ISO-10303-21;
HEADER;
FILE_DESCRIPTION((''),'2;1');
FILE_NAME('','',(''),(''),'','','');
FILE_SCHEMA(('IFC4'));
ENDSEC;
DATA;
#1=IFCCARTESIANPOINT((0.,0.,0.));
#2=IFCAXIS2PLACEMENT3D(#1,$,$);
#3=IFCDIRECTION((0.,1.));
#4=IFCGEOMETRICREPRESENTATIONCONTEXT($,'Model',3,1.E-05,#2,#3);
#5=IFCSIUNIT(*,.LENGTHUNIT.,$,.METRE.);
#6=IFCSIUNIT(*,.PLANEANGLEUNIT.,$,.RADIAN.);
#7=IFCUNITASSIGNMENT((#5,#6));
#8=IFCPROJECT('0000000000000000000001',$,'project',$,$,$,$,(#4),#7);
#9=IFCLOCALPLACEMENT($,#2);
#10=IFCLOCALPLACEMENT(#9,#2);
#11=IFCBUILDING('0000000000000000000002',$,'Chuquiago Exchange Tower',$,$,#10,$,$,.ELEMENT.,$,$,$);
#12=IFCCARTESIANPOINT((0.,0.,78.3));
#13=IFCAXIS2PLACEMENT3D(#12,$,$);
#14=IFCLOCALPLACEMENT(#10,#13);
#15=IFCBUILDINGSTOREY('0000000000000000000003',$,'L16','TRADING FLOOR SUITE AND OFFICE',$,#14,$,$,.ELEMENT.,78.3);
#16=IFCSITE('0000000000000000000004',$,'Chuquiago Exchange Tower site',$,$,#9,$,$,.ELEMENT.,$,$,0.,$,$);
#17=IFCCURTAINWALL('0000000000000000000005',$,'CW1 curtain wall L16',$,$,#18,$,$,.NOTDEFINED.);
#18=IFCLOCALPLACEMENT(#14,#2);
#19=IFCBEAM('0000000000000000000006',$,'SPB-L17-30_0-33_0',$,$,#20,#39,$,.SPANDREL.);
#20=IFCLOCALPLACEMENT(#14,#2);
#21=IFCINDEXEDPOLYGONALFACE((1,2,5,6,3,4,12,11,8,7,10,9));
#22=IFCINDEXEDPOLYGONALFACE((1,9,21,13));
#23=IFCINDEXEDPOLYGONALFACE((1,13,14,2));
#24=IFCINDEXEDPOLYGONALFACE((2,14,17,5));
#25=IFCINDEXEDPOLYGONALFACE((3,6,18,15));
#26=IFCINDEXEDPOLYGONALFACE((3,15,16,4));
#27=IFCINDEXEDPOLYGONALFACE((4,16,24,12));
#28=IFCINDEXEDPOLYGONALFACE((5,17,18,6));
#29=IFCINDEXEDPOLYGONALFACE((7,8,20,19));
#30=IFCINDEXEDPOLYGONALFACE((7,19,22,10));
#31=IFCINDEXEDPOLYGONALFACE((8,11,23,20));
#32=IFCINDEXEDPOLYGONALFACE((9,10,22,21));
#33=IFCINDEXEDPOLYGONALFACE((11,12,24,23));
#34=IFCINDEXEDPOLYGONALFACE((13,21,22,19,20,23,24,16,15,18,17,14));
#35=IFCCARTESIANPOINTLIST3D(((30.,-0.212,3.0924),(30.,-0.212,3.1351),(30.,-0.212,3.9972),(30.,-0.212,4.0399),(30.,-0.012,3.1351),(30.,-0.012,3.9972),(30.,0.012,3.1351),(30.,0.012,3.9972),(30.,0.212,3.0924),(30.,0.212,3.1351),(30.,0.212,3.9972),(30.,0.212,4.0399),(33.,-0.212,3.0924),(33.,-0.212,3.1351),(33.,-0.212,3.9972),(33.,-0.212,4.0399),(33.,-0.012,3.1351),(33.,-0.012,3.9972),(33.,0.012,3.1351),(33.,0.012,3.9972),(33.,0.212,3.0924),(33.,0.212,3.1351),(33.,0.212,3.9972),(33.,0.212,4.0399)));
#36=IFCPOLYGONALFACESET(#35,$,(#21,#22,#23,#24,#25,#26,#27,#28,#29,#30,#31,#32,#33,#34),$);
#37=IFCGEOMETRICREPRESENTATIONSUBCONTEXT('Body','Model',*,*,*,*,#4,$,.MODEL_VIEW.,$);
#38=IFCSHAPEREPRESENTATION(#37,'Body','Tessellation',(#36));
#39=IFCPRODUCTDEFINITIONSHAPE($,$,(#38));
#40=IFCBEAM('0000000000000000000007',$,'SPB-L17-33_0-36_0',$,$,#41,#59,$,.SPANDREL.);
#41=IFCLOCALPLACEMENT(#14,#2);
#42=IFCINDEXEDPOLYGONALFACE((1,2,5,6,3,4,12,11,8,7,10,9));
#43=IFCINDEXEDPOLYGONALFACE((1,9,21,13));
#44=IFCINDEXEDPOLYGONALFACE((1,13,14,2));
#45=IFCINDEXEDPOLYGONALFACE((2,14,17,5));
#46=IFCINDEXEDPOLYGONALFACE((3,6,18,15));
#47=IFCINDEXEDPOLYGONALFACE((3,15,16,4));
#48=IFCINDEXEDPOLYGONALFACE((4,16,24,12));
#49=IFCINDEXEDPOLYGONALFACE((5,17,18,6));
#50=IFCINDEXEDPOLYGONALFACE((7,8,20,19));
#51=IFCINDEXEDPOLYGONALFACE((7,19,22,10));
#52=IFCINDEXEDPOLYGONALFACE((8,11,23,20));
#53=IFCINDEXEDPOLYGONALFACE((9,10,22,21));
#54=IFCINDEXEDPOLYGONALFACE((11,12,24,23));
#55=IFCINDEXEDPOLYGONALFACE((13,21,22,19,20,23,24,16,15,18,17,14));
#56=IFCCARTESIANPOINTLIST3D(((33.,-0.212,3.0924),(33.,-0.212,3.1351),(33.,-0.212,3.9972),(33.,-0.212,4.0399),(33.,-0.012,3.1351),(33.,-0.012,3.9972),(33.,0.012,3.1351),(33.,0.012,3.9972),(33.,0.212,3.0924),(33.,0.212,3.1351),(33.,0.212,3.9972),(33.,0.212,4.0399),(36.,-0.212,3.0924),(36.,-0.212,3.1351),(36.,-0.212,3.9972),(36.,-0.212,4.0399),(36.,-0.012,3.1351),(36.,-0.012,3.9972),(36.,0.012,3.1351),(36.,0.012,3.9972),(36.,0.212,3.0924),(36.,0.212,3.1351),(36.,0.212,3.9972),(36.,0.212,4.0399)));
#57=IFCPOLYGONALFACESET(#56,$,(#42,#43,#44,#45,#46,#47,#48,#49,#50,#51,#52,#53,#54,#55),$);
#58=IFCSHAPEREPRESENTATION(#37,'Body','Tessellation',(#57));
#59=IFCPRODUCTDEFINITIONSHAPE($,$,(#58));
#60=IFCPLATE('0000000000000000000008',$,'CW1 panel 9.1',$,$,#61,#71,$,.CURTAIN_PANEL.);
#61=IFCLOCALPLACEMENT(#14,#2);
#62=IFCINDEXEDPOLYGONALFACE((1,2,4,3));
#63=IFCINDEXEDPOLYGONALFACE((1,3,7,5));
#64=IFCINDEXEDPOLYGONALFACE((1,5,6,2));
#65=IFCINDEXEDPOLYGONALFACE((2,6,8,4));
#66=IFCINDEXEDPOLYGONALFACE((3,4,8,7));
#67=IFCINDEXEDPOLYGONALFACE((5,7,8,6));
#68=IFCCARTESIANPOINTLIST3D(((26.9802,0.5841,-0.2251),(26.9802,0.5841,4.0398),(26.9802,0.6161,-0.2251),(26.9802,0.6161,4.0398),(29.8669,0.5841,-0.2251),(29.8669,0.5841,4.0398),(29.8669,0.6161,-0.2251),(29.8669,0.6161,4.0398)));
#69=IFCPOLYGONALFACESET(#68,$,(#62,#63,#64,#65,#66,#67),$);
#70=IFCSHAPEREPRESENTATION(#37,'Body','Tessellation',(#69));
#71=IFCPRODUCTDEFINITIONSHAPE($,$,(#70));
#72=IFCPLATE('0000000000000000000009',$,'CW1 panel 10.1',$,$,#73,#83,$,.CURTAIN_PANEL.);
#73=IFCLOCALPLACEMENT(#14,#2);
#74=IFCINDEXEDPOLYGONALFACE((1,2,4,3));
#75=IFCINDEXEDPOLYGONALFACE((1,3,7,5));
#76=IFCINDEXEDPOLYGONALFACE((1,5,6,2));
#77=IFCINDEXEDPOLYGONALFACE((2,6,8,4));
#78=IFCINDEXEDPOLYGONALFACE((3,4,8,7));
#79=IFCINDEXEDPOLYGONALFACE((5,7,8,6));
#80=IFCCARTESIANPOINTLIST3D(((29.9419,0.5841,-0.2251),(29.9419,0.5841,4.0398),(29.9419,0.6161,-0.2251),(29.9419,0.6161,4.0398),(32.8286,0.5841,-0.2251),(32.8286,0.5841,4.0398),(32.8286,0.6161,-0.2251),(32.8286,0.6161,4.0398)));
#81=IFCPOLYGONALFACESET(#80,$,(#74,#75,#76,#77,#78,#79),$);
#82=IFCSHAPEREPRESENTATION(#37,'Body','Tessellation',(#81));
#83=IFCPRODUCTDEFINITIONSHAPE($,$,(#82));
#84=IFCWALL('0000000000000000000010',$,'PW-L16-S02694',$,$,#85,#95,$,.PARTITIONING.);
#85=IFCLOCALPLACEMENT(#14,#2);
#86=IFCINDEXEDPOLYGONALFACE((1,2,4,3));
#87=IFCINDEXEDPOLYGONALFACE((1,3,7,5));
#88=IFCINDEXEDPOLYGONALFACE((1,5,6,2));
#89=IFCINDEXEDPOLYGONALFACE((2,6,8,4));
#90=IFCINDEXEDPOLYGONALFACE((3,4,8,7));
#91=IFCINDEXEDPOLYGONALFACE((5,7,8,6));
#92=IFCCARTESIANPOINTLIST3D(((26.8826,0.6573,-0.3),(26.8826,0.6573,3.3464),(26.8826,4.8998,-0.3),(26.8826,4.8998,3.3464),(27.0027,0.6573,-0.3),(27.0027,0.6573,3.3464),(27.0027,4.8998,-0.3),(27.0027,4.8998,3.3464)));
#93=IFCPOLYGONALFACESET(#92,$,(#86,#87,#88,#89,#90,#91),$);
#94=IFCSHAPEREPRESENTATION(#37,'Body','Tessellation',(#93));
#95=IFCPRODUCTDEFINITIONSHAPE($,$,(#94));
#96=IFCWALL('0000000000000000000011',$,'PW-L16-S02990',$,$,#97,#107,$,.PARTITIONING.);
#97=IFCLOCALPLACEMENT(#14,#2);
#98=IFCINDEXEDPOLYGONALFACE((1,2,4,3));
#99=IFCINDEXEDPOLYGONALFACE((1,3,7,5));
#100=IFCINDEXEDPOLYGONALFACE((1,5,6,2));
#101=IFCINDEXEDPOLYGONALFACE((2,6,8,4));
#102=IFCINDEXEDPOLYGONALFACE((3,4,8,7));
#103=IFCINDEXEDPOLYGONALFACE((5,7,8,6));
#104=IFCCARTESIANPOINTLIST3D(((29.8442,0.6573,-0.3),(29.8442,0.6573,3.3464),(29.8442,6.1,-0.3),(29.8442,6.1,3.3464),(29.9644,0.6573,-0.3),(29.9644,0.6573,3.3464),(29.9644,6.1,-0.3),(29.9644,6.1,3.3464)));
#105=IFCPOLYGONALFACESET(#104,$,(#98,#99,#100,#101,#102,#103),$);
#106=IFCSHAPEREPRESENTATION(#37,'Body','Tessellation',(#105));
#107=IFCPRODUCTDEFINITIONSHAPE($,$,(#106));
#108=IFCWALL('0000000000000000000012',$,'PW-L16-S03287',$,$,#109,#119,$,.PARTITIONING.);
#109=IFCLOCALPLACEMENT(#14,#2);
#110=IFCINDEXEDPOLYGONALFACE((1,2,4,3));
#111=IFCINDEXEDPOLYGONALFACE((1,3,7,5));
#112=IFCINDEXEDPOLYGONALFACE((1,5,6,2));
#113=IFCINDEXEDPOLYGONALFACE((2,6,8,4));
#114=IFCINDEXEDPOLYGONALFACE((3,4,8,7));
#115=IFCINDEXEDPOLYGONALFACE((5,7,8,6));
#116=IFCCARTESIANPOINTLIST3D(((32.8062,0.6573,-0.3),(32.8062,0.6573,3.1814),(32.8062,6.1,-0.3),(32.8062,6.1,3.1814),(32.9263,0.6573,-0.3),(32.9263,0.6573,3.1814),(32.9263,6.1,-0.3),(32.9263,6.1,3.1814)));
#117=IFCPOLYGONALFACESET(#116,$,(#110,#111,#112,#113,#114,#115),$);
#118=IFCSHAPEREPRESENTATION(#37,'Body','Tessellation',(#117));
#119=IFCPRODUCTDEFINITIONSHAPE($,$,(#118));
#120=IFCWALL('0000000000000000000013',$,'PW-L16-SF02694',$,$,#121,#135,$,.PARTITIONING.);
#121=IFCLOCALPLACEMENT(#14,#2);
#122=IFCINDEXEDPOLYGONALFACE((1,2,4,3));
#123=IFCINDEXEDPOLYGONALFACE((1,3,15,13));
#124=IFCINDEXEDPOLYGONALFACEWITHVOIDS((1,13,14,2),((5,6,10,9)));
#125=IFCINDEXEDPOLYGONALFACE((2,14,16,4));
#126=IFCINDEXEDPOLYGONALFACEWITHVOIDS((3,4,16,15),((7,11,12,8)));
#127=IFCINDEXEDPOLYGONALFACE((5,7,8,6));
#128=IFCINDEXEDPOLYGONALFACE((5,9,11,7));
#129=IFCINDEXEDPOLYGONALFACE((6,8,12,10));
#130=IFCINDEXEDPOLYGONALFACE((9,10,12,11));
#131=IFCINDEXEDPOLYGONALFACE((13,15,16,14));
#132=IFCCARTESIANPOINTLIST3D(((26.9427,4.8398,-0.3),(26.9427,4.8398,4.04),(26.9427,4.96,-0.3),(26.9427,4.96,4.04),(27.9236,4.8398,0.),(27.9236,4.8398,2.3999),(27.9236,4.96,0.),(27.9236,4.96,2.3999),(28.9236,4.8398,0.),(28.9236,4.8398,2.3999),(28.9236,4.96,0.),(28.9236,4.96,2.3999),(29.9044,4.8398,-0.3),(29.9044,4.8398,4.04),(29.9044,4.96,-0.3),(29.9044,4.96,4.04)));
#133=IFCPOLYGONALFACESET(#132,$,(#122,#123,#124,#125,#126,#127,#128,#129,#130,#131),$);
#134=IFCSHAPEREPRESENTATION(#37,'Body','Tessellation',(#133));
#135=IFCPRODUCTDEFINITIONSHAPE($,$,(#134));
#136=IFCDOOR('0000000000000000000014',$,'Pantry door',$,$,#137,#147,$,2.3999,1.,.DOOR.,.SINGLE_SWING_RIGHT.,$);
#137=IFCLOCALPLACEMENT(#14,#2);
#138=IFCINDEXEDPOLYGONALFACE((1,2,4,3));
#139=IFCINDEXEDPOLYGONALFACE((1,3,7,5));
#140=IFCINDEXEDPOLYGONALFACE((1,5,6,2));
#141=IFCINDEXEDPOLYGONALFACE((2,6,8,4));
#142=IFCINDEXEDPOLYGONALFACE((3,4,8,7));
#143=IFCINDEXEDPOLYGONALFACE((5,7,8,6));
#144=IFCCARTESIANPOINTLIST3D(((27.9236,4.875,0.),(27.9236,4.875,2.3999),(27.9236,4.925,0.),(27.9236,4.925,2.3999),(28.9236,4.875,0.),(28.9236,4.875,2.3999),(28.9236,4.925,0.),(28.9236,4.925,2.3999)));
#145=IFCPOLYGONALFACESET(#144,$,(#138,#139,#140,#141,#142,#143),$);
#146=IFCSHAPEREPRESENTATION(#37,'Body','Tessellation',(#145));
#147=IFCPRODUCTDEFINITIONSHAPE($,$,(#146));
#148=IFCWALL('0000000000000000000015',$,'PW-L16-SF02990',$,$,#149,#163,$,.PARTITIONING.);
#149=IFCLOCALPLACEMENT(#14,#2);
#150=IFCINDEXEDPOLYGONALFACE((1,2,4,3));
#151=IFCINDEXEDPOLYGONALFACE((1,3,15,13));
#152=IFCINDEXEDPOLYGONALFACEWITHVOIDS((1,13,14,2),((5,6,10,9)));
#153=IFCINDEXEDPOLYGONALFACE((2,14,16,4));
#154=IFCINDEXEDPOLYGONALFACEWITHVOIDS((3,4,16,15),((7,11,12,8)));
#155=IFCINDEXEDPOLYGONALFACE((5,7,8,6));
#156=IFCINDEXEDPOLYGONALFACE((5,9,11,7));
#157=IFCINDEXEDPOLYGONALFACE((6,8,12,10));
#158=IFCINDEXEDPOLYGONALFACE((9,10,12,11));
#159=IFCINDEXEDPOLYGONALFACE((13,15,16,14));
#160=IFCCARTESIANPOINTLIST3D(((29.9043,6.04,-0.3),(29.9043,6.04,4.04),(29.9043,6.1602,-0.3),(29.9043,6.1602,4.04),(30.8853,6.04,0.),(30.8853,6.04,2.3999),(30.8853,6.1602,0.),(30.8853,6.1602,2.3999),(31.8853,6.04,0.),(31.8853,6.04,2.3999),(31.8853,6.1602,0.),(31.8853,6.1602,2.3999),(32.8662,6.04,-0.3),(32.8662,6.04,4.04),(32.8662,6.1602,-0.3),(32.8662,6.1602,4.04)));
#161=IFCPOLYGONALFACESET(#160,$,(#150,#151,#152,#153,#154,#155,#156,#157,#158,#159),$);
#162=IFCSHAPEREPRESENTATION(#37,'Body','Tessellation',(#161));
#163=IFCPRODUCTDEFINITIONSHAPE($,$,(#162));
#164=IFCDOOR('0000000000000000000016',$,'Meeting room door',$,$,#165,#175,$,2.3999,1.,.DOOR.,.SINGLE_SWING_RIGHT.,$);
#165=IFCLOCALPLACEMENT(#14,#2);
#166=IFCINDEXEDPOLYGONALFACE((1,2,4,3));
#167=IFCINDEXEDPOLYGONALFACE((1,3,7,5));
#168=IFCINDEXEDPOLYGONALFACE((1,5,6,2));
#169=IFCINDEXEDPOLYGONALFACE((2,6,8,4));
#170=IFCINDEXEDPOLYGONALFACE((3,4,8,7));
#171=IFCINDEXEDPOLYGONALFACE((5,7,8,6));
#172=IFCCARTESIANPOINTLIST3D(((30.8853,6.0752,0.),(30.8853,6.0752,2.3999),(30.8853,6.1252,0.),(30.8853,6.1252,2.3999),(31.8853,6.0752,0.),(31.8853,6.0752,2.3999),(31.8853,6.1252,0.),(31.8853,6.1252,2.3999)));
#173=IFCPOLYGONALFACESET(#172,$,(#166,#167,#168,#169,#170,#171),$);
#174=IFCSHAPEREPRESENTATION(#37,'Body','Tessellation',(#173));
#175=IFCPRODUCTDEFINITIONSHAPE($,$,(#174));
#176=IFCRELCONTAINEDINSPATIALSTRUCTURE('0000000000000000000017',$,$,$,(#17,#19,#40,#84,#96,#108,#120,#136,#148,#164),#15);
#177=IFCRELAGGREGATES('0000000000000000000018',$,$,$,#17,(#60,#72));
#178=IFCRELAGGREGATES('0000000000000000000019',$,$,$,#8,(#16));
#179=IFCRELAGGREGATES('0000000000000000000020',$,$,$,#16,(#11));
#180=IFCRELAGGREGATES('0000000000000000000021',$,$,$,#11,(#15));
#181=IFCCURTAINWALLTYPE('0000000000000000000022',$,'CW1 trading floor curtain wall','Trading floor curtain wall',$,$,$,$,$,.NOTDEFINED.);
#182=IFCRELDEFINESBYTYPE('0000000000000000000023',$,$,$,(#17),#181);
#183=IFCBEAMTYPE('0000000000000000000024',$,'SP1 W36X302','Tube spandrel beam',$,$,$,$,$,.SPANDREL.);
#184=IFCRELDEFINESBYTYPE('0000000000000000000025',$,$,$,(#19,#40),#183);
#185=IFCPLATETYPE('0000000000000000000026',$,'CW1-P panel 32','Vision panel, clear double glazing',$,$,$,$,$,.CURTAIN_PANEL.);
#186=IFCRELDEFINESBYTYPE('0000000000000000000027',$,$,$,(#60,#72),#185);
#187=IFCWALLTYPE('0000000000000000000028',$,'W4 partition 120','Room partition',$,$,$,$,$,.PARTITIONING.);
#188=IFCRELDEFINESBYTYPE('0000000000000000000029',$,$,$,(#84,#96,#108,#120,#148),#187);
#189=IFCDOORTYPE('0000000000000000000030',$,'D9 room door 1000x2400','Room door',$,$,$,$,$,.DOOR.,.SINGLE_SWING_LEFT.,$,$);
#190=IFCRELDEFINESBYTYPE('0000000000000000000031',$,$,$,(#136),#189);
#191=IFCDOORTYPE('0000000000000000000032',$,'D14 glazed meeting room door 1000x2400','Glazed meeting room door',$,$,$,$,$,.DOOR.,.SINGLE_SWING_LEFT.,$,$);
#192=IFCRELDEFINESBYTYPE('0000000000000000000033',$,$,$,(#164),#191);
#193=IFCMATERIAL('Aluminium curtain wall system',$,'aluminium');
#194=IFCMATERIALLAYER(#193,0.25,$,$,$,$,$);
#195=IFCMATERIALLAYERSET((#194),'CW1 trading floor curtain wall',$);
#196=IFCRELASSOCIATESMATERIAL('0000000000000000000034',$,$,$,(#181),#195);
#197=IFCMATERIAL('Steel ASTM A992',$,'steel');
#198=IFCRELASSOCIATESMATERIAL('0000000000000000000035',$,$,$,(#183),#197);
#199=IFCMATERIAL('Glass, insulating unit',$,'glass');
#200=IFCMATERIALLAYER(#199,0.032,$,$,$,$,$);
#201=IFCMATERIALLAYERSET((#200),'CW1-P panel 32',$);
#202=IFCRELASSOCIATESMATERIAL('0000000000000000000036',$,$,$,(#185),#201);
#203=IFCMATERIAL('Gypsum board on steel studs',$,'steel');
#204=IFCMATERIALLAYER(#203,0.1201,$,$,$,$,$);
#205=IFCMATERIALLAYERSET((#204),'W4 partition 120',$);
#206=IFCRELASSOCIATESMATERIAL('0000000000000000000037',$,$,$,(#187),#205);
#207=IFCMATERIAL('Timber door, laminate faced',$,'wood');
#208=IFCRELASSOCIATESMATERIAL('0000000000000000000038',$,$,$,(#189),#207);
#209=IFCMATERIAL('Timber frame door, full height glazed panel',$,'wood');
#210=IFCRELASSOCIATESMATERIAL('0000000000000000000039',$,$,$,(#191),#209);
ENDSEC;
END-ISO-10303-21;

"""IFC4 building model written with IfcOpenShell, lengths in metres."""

from ifc_helpers import new_model, si_unit, direction, frame, frame_2d, origin, origin_2d, place, context, subcontext, project, spatial, rectangle, i_section, extrude, material, layer, layer_set, material_profile, profile_set, type_object, element, fill, aggregate, save


model = new_model("IFC4")

# Units and contexts
model_context = context("Model", 3, precision=1e-05, world=origin(), true_north=direction((0.0, 1.0)))
body_context = subcontext(model_context, "Body", "Model", "MODEL_VIEW")
ifc_project = project(units=[si_unit("LENGTHUNIT", "METRE"), si_unit("PLANEANGLEUNIT", "RADIAN")], contexts=[model_context])

# Site, building, storey
site_placement = place(None, origin())
site = spatial("IfcSite", under=ifc_project, at=site_placement, Name="Chuquiago Exchange Tower site", CompositionType="ELEMENT", RefElevation=0.0)
building_placement = place(site_placement, origin())
building = spatial("IfcBuilding", under=site, at=building_placement, Name="Chuquiago Exchange Tower", CompositionType="ELEMENT")
storey_placement = place(building_placement, frame((0.0, 0.0, 78.3)))
storey = spatial("IfcBuildingStorey", under=building, at=storey_placement, Name="L16", Description="TRADING FLOOR SUITE AND OFFICE", CompositionType="ELEMENT", Elevation=78.3)

# Curtain wall
ifc_material_1 = material(Name="Aluminium curtain wall system", Category="aluminium")
ifc_layer_1 = layer(ifc_material_1, 0.25)
ifc_layer_set_1 = layer_set([ifc_layer_1], Name="CW1 trading floor curtain wall")
curtain_wall_type = type_object("IfcCurtainWallType", Name="CW1 trading floor curtain wall", Description="Trading floor curtain wall", PredefinedType="NOTDEFINED", material=ifc_layer_set_1)
curtain_wall_placement = place(storey_placement, origin())
curtain_wall = element("IfcCurtainWall", 1, at=curtain_wall_placement, inside=storey, type_object=curtain_wall_type, Name="CW1 curtain wall L16", PredefinedType="NOTDEFINED")

# Beams
ifc_material_2 = material(Name="Steel ASTM A992", Category="steel")
ifc_material_profile_1 = material_profile(ifc_material_2, i_section(OverallWidth=0.4241, OverallDepth=0.9475, WebThickness=0.0239, FlangeThickness=0.0427, at=origin_2d()), Name="W36X302")
ifc_profile_set_1 = profile_set([ifc_material_profile_1], Name="Steel ASTM A992")
beam_type_1 = type_object("IfcBeamType", Name="SP1 W36X302", Description="Tube spandrel beam", PredefinedType="SPANDREL", material=ifc_profile_set_1)
for number, where, z_axis, x_axis, name in (
    (2, (30.0, 0.0, 3.5662), (1.0, 0.0, 0.0), (0.0, 1.0, 0.0), "SPB-L17-30_0-33_0"),
    (3, (33.0, 0.0, 3.5662), (1.0, 0.0, 0.0), (0.0, 1.0, 0.0), "SPB-L17-33_0-36_0"),
):
    element("IfcBeam", number, at=place(storey_placement, frame(where, z_axis=z_axis, x_axis=x_axis)), inside=storey, type_object=beam_type_1, Name=name, PredefinedType="SPANDREL", context=body_context, shape_type="SweptSolid", body=[
        extrude(i_section(OverallWidth=0.4241, OverallDepth=0.9475, WebThickness=0.0239, FlangeThickness=0.0427, at=origin_2d()), origin(), (0.0, 0.0, 1.0), 3.0),
    ])

# Plates
ifc_material_3 = material(Name="Glass, insulating unit", Category="glass")
ifc_layer_2 = layer(ifc_material_3, 0.032)
ifc_layer_set_2 = layer_set([ifc_layer_2], Name="CW1-P panel 32")
plate_type = type_object("IfcPlateType", Name="CW1-P panel 32", Description="Vision panel, clear double glazing", PredefinedType="CURTAIN_PANEL", material=ifc_layer_set_2)
plate_1_placement = place(storey_placement, frame((28.4236, 0.6001, -0.2251), z_axis=(0.0, 0.0, 1.0), x_axis=(1.0, 0.0, 0.0)))
plate_1 = element("IfcPlate", 4, at=plate_1_placement, type_object=plate_type, Name="CW1 panel 9.1", PredefinedType="CURTAIN_PANEL", context=body_context, shape_type="SweptSolid", body=[
    extrude(rectangle(XDim=2.8867, YDim=0.032, at=origin_2d()), origin(), (0.0, 0.0, 1.0), 4.2649),
])
plate_2_placement = place(storey_placement, frame((31.3853, 0.6001, -0.2251), z_axis=(0.0, 0.0, 1.0), x_axis=(1.0, 0.0, 0.0)))
plate_2 = element("IfcPlate", 5, at=plate_2_placement, type_object=plate_type, Name="CW1 panel 10.1", PredefinedType="CURTAIN_PANEL", context=body_context, shape_type="SweptSolid", body=[
    extrude(rectangle(XDim=2.8867, YDim=0.032, at=origin_2d()), origin(), (0.0, 0.0, 1.0), 4.2649),
])
aggregate(curtain_wall, [plate_1, plate_2])

# Walls
ifc_material_4 = material(Name="Gypsum board on steel studs", Category="steel")
ifc_layer_3 = layer(ifc_material_4, 0.1201)
ifc_layer_set_3 = layer_set([ifc_layer_3], Name="W4 partition 120")
wall_type = type_object("IfcWallType", Name="W4 partition 120", Description="Room partition", PredefinedType="PARTITIONING", material=ifc_layer_set_3)
wall_1_placement = place(storey_placement, frame((26.9426, 0.6575, -0.3), z_axis=(0.0, 0.0, 1.0), x_axis=(0.0, 1.0, 0.0)))
element("IfcWall", 6, at=wall_1_placement, inside=storey, type_object=wall_type, Name="PW-L16-S02694", PredefinedType="PARTITIONING", context=body_context, shape_type="SweptSolid", body=[
    extrude(rectangle(XDim=4.2424, YDim=0.1201, at=frame_2d((2.1211, 0.0))), origin(), (0.0, 0.0, 1.0), 3.6465),
])
wall_2_placement = place(storey_placement, frame((29.9043, 0.6575, -0.3), z_axis=(0.0, 0.0, 1.0), x_axis=(0.0, 1.0, 0.0)))
element("IfcWall", 7, at=wall_2_placement, inside=storey, type_object=wall_type, Name="PW-L16-S02990", PredefinedType="PARTITIONING", context=body_context, shape_type="SweptSolid", body=[
    extrude(rectangle(XDim=5.4426, YDim=0.1201, at=frame_2d((2.7212, 0.0))), origin(), (0.0, 0.0, 1.0), 3.6465),
])
wall_3_placement = place(storey_placement, frame((32.8662, 0.6575, -0.3), z_axis=(0.0, 0.0, 1.0), x_axis=(0.0, 1.0, 0.0)))
element("IfcWall", 8, at=wall_3_placement, inside=storey, type_object=wall_type, Name="PW-L16-S03287", PredefinedType="PARTITIONING", context=body_context, shape_type="SweptSolid", body=[
    extrude(rectangle(XDim=5.4426, YDim=0.1201, at=frame_2d((2.7212, 0.0))), origin(), (0.0, 0.0, 1.0), 3.4814),
])

# Walls, openings, doors
wall_4_placement = place(storey_placement, frame((26.9426, 4.8999, -0.3), z_axis=(0.0, 0.0, 1.0), x_axis=(1.0, 0.0, 0.0)))
wall_4 = element("IfcWall", 9, at=wall_4_placement, inside=storey, type_object=wall_type, Name="PW-L16-SF02694", PredefinedType="PARTITIONING", context=body_context, shape_type="SweptSolid", body=[
    extrude(rectangle(XDim=2.9617, YDim=0.1201, at=frame_2d((1.481, 0.0))), origin(), (0.0, 0.0, 1.0), 4.3401),
])
opening_1_placement = place(wall_4_placement, frame((0.981, 0.0, 0.3)))
opening_1 = element("IfcOpeningElement", 10, at=opening_1_placement, cuts=wall_4, PredefinedType="OPENING", context=body_context, shape_type="SweptSolid", body=[
    extrude(rectangle(XDim=1.0, YDim=2.3999, at=frame_2d((0.5, 1.2))), frame((0.0, 0.0701, 0.0), z_axis=(0.0, -1.0, 0.0), x_axis=(1.0, 0.0, 0.0)), (0.0, 0.0, 1.0), 0.1401),
])
ifc_material_5 = material(Name="Timber door, laminate faced", Category="wood")
door_type_1 = type_object("IfcDoorType", Name="D9 room door 1000x2400", Description="Room door", OperationType="SINGLE_SWING_LEFT", PredefinedType="DOOR", material=ifc_material_5)
door_1_placement = place(opening_1_placement, frame((1.0, 0.0, 0.0), z_axis=(0.0, 0.0, 1.0), x_axis=(-1.0, 0.0, 0.0)))
door_1 = element("IfcDoor", 11, at=door_1_placement, inside=storey, type_object=door_type_1, Name="Pantry door", OperationType="SINGLE_SWING_RIGHT", OverallHeight=2.3999, OverallWidth=1.0, PredefinedType="DOOR", context=body_context, shape_type="SweptSolid", body=[
    extrude(rectangle(XDim=1.0, YDim=2.3999, at=frame_2d((0.5, 1.2))), frame((0.0, 0.0249, 0.0), z_axis=(0.0, -1.0, 0.0), x_axis=(1.0, 0.0, 0.0)), (0.0, 0.0, 1.0), 0.05),
])
fill(opening_1, door_1)
wall_5_placement = place(storey_placement, frame((29.9043, 6.1001, -0.3), z_axis=(0.0, 0.0, 1.0), x_axis=(1.0, 0.0, 0.0)))
wall_5 = element("IfcWall", 12, at=wall_5_placement, inside=storey, type_object=wall_type, Name="PW-L16-SF02990", PredefinedType="PARTITIONING", context=body_context, shape_type="SweptSolid", body=[
    extrude(rectangle(XDim=2.9619, YDim=0.1201, at=frame_2d((1.481, 0.0))), origin(), (0.0, 0.0, 1.0), 4.3401),
])
opening_2_placement = place(wall_5_placement, frame((0.981, 0.0, 0.3)))
opening_2 = element("IfcOpeningElement", 13, at=opening_2_placement, cuts=wall_5, PredefinedType="OPENING", context=body_context, shape_type="SweptSolid", body=[
    extrude(rectangle(XDim=1.0, YDim=2.3999, at=frame_2d((0.5, 1.2))), frame((0.0, 0.0701, 0.0), z_axis=(0.0, -1.0, 0.0), x_axis=(1.0, 0.0, 0.0)), (0.0, 0.0, 1.0), 0.1401),
])
ifc_material_6 = material(Name="Timber frame door, full height glazed panel", Category="wood")
door_type_2 = type_object("IfcDoorType", Name="D14 glazed meeting room door 1000x2400", Description="Glazed meeting room door", OperationType="SINGLE_SWING_LEFT", PredefinedType="DOOR", material=ifc_material_6)
door_2_placement = place(opening_2_placement, frame((1.0, 0.0, 0.0), z_axis=(0.0, 0.0, 1.0), x_axis=(-1.0, 0.0, 0.0)))
door_2 = element("IfcDoor", 14, at=door_2_placement, inside=storey, type_object=door_type_2, Name="Meeting room door", OperationType="SINGLE_SWING_RIGHT", OverallHeight=2.3999, OverallWidth=1.0, PredefinedType="DOOR", context=body_context, shape_type="SweptSolid", body=[
    extrude(rectangle(XDim=1.0, YDim=2.3999, at=frame_2d((0.5, 1.2))), frame((0.0, 0.0249, 0.0), z_axis=(0.0, -1.0, 0.0), x_axis=(1.0, 0.0, 0.0)), (0.0, 0.0, 1.0), 0.05),
])
fill(opening_2, door_2)

save(model, "model.ifc")
